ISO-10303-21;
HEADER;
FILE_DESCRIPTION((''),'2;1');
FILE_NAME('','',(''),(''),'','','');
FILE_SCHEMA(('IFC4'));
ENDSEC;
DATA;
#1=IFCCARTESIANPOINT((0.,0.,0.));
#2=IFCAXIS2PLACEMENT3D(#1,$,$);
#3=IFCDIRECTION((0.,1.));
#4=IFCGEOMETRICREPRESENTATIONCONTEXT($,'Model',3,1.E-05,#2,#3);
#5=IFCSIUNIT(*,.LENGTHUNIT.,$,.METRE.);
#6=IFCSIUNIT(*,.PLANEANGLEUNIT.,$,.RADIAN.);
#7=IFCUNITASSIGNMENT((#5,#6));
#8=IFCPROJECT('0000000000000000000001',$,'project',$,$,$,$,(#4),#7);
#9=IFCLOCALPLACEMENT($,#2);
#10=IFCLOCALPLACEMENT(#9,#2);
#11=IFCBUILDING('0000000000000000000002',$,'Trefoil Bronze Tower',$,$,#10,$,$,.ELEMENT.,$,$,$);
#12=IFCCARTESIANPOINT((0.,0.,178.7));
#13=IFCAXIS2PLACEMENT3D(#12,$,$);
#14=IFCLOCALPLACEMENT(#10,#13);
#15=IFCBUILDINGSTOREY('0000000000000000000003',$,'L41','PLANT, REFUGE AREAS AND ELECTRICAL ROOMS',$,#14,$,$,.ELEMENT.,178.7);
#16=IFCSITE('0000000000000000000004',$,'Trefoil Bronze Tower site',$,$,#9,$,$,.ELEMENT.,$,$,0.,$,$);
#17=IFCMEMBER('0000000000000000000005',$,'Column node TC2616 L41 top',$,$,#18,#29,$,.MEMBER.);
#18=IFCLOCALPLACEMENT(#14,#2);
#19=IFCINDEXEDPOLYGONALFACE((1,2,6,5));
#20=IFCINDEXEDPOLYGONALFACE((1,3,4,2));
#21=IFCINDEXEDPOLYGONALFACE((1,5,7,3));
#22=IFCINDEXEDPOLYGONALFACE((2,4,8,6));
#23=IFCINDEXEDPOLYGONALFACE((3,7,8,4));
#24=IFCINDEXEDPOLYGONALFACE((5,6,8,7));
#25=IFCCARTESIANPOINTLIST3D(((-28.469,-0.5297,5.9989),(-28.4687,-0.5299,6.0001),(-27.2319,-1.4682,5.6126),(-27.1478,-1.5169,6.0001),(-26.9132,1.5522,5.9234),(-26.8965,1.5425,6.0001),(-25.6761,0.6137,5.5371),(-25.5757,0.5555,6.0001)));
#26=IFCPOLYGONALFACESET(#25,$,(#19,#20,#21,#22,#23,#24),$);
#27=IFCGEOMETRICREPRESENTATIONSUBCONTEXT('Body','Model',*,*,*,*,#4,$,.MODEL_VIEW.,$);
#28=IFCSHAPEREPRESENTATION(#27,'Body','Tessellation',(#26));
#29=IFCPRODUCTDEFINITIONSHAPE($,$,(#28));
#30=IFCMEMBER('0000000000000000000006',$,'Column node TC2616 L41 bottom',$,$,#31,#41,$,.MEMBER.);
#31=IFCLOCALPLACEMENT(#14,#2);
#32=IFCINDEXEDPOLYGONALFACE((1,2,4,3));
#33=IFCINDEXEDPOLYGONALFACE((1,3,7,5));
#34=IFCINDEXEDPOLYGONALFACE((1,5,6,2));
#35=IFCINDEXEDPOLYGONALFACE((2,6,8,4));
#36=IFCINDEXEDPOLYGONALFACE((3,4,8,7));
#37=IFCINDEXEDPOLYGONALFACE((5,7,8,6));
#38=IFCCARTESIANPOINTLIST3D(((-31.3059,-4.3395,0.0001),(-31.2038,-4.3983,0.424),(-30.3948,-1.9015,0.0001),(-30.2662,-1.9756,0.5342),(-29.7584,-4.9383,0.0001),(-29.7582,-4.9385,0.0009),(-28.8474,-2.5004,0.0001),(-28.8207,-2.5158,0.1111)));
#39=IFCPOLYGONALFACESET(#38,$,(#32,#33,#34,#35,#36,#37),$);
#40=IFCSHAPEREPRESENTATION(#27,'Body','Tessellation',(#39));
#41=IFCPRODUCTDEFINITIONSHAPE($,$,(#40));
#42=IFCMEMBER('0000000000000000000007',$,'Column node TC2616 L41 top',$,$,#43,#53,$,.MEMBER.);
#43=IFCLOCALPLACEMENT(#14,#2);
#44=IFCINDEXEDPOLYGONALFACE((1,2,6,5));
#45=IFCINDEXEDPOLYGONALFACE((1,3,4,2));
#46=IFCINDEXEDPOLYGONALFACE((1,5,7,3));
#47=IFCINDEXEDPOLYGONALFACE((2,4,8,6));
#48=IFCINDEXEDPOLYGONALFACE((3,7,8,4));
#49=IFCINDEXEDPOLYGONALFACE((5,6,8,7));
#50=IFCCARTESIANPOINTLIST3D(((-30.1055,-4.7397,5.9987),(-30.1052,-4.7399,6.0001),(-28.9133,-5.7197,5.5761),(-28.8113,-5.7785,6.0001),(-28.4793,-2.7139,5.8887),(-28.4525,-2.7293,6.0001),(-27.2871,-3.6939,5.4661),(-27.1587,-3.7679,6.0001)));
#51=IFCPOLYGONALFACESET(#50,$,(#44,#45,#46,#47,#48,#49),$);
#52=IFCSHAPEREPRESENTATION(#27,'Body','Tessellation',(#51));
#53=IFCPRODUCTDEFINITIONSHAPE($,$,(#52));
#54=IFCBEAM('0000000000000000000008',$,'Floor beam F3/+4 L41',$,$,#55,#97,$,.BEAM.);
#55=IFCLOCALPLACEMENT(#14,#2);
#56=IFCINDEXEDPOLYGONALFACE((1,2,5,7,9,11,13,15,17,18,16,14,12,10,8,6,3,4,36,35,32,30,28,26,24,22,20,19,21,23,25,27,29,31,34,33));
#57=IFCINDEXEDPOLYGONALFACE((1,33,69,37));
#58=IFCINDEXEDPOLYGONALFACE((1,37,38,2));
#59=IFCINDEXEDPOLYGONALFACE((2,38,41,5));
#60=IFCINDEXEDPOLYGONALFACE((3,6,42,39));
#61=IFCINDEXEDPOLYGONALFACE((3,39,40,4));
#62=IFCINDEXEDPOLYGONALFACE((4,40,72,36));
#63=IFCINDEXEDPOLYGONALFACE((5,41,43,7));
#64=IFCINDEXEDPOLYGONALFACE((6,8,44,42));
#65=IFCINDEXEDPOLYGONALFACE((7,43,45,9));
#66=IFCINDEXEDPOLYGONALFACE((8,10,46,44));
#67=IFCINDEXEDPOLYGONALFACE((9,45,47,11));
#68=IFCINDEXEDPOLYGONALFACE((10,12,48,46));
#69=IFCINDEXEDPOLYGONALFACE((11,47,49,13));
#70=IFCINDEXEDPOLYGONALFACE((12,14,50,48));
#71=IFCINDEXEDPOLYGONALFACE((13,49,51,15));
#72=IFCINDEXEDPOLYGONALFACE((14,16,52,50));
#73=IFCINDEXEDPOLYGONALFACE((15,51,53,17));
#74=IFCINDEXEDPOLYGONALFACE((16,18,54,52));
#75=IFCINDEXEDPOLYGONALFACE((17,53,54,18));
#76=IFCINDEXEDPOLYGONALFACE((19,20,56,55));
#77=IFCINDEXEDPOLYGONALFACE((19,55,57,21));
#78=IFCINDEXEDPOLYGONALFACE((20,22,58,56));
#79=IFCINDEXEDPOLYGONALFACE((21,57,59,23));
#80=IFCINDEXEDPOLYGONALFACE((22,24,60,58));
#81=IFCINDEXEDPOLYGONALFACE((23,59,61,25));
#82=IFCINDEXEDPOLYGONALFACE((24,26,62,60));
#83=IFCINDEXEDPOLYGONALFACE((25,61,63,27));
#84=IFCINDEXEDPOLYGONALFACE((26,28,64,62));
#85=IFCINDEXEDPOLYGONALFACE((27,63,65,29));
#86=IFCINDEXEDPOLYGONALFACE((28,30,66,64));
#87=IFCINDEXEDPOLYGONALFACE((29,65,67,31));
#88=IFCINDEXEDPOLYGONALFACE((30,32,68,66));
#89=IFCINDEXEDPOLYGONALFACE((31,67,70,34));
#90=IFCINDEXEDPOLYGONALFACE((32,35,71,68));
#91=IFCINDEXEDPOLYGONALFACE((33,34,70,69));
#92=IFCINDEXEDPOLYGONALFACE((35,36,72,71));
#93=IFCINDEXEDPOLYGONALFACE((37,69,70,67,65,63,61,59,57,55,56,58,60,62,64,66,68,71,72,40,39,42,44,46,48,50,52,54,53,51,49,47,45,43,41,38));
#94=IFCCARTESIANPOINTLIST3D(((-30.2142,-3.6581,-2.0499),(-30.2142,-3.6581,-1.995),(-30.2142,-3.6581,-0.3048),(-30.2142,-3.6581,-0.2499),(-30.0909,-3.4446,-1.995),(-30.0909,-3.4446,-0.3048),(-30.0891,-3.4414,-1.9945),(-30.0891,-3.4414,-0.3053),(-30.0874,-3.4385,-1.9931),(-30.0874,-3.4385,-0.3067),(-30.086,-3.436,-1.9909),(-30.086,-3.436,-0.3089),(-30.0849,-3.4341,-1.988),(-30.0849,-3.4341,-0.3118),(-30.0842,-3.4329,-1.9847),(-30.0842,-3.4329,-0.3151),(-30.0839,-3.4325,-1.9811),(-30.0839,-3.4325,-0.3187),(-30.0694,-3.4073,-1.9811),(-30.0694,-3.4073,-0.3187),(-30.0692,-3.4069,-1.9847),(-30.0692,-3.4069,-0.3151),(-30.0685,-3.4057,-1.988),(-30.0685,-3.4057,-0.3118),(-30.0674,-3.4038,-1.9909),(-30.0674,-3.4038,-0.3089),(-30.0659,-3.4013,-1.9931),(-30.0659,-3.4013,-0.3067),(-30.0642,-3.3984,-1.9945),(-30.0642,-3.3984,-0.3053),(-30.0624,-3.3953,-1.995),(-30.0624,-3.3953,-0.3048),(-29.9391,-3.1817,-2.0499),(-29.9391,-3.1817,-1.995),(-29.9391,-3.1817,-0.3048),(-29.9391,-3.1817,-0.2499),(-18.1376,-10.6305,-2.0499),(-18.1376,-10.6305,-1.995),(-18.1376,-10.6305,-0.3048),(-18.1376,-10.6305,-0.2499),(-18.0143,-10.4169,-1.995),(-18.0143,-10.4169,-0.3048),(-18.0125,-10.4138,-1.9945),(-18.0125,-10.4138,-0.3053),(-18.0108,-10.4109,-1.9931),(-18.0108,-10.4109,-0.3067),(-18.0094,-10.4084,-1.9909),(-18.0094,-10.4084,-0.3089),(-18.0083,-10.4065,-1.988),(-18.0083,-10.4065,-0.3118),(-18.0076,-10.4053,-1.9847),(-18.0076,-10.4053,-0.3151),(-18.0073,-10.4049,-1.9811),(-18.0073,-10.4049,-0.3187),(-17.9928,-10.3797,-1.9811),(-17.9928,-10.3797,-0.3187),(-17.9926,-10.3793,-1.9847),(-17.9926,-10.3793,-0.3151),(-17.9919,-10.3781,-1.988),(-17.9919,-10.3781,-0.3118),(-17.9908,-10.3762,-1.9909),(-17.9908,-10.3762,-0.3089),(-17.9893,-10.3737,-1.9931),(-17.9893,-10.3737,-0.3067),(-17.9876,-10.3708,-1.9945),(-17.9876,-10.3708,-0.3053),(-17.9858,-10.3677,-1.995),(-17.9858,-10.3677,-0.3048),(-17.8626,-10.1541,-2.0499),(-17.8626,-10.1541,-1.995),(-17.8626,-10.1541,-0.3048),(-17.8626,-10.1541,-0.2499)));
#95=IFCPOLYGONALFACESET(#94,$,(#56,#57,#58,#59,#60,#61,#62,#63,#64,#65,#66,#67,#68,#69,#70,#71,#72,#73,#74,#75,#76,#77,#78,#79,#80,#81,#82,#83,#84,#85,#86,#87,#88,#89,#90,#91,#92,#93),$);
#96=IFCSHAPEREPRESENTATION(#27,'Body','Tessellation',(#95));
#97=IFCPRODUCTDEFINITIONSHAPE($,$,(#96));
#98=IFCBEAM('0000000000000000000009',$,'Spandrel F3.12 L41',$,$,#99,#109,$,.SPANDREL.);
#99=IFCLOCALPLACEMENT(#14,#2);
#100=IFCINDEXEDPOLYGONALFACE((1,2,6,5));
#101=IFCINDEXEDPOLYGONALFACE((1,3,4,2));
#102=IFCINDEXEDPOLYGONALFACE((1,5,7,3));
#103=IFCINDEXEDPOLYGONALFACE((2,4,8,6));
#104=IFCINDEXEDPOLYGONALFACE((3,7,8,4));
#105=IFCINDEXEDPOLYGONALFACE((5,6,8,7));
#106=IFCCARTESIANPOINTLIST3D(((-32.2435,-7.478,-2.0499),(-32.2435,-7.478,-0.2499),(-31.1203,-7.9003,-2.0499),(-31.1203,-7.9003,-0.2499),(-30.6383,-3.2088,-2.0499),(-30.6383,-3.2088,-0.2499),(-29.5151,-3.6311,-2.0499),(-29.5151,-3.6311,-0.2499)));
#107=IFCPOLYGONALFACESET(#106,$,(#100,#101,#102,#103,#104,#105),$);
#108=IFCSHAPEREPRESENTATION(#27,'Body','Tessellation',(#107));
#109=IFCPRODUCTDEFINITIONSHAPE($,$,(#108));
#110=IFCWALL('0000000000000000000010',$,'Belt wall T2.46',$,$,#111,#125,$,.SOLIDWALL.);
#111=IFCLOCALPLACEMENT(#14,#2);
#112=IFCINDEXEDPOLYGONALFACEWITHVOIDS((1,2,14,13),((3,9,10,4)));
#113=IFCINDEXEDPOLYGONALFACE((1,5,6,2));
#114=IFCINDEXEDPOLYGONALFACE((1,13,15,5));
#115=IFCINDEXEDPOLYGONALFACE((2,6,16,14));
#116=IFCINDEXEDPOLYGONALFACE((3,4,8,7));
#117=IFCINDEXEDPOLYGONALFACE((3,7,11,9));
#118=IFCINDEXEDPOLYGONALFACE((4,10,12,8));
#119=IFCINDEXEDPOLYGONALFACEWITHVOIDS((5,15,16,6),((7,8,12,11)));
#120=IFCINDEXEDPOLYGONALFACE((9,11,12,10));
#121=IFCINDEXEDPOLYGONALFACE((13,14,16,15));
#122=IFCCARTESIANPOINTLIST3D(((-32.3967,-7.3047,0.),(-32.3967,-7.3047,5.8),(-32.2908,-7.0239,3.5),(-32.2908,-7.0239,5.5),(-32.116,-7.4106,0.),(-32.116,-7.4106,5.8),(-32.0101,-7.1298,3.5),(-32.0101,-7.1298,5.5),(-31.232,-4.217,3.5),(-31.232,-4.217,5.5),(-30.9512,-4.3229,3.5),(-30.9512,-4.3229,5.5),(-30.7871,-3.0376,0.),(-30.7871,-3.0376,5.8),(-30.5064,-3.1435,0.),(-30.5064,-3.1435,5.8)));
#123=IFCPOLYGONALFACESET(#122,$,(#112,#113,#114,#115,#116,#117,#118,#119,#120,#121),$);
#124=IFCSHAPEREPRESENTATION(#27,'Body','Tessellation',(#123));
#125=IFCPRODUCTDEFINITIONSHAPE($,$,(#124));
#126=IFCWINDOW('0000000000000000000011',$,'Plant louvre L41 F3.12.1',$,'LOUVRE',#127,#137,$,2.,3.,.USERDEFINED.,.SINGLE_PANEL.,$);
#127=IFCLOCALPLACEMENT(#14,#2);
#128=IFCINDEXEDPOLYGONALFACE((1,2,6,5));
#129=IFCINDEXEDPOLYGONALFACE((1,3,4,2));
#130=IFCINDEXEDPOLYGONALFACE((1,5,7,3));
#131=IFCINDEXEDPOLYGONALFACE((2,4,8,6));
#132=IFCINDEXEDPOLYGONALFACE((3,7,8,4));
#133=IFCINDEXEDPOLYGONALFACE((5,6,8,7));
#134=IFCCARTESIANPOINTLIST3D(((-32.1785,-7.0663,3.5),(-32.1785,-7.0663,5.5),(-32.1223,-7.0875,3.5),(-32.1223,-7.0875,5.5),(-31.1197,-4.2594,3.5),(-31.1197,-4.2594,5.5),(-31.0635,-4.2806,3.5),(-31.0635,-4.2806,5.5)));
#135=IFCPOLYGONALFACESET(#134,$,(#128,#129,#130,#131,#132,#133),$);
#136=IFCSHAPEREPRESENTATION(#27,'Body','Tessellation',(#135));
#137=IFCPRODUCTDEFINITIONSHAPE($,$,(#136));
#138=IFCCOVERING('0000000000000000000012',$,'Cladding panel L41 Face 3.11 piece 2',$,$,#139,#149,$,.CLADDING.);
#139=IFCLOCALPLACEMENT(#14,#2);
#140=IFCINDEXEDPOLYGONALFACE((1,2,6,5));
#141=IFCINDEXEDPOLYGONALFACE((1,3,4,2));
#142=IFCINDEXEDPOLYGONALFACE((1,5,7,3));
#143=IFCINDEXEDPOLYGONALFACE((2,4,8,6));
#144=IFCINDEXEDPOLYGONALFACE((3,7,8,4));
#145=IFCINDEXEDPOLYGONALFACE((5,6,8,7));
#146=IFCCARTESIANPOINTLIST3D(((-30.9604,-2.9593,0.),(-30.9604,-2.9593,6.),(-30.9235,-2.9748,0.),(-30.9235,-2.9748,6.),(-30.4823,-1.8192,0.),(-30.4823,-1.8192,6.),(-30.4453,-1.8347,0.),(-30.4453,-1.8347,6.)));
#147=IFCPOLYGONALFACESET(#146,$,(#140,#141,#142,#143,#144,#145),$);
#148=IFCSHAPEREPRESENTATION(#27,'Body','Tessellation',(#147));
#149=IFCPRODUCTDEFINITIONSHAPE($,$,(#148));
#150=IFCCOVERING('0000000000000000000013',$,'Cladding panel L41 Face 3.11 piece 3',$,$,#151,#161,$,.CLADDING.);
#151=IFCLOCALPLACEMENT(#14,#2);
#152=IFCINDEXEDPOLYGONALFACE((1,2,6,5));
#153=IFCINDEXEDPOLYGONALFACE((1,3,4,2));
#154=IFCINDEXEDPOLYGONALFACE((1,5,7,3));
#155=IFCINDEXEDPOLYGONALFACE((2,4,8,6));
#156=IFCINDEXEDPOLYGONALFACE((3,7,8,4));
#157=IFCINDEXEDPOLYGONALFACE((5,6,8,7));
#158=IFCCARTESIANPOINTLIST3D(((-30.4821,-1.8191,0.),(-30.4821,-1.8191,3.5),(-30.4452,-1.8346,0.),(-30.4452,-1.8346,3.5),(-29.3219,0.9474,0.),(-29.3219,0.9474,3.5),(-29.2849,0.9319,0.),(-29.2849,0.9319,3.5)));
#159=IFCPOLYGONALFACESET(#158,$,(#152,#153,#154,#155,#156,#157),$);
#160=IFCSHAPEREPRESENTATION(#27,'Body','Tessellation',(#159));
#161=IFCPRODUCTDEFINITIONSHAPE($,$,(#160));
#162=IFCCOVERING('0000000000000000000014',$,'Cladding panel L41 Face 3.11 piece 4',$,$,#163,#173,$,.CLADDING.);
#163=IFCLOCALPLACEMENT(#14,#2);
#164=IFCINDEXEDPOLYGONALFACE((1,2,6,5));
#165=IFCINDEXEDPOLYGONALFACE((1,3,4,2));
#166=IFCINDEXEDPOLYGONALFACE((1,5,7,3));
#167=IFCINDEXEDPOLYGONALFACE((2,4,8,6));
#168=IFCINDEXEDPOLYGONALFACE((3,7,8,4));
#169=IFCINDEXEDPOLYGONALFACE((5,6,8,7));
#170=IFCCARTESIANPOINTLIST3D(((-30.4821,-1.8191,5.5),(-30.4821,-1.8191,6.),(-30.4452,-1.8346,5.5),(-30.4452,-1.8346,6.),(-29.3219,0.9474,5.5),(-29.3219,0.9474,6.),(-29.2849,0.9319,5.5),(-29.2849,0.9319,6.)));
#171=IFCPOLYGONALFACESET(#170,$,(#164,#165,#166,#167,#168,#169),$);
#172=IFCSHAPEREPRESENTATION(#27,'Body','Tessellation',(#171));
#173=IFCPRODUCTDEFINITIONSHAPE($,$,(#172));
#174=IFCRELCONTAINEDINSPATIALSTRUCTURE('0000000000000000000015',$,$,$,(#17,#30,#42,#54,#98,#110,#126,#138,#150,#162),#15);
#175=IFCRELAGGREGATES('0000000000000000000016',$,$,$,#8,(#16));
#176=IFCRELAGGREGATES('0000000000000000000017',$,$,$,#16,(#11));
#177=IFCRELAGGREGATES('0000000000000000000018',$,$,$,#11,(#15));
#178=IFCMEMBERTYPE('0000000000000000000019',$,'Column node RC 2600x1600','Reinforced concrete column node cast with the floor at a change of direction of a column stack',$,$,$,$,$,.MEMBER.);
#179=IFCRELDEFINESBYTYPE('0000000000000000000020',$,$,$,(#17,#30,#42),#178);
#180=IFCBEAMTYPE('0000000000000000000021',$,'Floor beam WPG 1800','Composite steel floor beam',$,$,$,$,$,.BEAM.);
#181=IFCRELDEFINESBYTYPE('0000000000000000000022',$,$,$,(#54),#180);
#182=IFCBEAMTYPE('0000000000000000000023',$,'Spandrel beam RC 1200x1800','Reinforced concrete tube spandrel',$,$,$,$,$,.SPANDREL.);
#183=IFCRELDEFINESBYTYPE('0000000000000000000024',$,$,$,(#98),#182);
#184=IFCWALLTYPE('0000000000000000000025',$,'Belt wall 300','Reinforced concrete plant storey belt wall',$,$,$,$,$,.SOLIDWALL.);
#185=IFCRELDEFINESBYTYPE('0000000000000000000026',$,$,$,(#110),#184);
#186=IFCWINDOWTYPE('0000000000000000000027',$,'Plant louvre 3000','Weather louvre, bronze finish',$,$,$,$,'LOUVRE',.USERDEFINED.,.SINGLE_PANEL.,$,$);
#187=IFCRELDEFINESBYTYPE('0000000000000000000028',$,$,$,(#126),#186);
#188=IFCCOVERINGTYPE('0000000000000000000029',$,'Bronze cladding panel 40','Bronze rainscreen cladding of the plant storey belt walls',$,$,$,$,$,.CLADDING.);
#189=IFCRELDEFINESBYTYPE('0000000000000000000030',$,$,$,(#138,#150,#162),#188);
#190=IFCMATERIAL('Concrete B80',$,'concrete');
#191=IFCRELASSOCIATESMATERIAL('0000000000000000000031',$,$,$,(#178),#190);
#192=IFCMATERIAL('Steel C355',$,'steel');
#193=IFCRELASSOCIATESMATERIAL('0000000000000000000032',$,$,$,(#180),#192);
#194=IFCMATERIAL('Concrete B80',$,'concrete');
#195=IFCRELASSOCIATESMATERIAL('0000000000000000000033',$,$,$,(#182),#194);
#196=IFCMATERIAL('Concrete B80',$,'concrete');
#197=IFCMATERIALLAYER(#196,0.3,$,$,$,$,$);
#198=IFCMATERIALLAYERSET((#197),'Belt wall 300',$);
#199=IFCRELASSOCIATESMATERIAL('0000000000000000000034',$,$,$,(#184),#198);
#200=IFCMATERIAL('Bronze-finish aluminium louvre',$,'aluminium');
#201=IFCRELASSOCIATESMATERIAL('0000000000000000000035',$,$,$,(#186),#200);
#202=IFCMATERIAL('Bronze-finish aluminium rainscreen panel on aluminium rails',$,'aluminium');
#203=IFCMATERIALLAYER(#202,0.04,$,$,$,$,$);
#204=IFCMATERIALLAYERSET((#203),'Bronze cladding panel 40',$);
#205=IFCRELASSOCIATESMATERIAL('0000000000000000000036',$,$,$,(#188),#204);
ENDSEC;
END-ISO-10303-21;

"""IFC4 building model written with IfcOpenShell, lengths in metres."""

from ifc_helpers import new_model, si_unit, direction, frame, frame_2d, origin, origin_2d, place, context, subcontext, project, spatial, rectangle, i_section, extrude, clip, halfspace, material, layer, layer_set, material_profile, profile_set, type_object, element, fill, save


model = new_model("IFC4")

# Units and contexts
model_context = context("Model", 3, precision=1e-05, world=origin(), true_north=direction((0.0, 1.0)))
body_context = subcontext(model_context, "Body", "Model", "MODEL_VIEW")
ifc_project = project(units=[si_unit("LENGTHUNIT", "METRE"), si_unit("PLANEANGLEUNIT", "RADIAN")], contexts=[model_context])

# Site, building, storey
site_placement = place(None, origin())
site = spatial("IfcSite", under=ifc_project, at=site_placement, Name="Trefoil Bronze Tower site", CompositionType="ELEMENT", RefElevation=0.0)
building_placement = place(site_placement, origin())
building = spatial("IfcBuilding", under=site, at=building_placement, Name="Trefoil Bronze Tower", CompositionType="ELEMENT")
storey_placement = place(building_placement, frame((0.0, 0.0, 178.7)))
storey = spatial("IfcBuildingStorey", under=building, at=storey_placement, Name="L41", Description="PLANT, REFUGE AREAS AND ELECTRICAL ROOMS", CompositionType="ELEMENT", Elevation=178.7)

# Members
ifc_material_1 = material(Name="Concrete B80", Category="concrete")
ifc_material_profile_1 = material_profile(ifc_material_1, rectangle(XDim=2.6001, YDim=1.6001, at=origin_2d()), Name="RC 2600x1600")
ifc_profile_set_1 = profile_set([ifc_material_profile_1], Name="Concrete B80")
member_type = type_object("IfcMemberType", Name="Column node RC 2600x1600", Description="Reinforced concrete column node cast with the floor at a change of direction of a column stack", PredefinedType="MEMBER", material=ifc_profile_set_1)
member_1_placement = place(storey_placement, frame((-26.9719, -0.0164, 6.2319), z_axis=(-0.210334, 0.122014, -0.969986), x_axis=(0.598355, 0.800705, -0.029028)))
element("IfcMember", 1, at=member_1_placement, inside=storey, type_object=member_type, Name="Column node TC2616 L41 top", PredefinedType="MEMBER", context=body_context, shape_type="Clipping", body=[
    clip(extrude(rectangle(XDim=2.6001, YDim=1.6001, at=origin_2d()), origin(), (0.0, 0.0, 1.0), 0.4783), halfspace(frame((0.0, 0.0, 0.239), z_axis=(0.029028, 0.241423, 0.969986), x_axis=(0.0, 0.970395, -0.241525)), True)),
])
member_2_placement = place(storey_placement, frame((-30.1411, -3.3828, -0.2676), z_axis=(0.232078, -0.133621, 0.963476), x_axis=(-0.360588, -0.931762, -0.042365)))
element("IfcMember", 2, at=member_2_placement, inside=storey, type_object=member_type, Name="Column node TC2616 L41 bottom", PredefinedType="MEMBER", context=body_context, shape_type="Clipping", body=[
    clip(extrude(rectangle(XDim=2.6001, YDim=1.6001, at=origin_2d()), origin(), (0.0, 0.0, 1.0), 0.5554), halfspace(frame((0.0, 0.0, 0.2778), z_axis=(-0.042365, -0.264424, 0.963476), x_axis=(0.0, 0.964341, 0.264661)), True)),
])
member_3_placement = place(storey_placement, frame((-28.5676, -4.291, 6.2676), z_axis=(-0.231662, 0.133634, -0.963574), x_axis=(0.625426, 0.779135, -0.04231)))
element("IfcMember", 3, at=member_3_placement, inside=storey, type_object=member_type, Name="Column node TC2616 L41 top", PredefinedType="MEMBER", context=body_context, shape_type="Clipping", body=[
    clip(extrude(rectangle(XDim=2.6001, YDim=1.6001, at=origin_2d()), origin(), (0.0, 0.0, 1.0), 0.5554), halfspace(frame((0.0, 0.0, 0.2776), z_axis=(0.04231, 0.264075, 0.963574), x_axis=(0.0, 0.964437, -0.264311)), True)),
])

# Beams
ifc_material_2 = material(Name="Steel C355", Category="steel")
ifc_material_profile_2 = material_profile(ifc_material_2, i_section(OverallWidth=0.55, OverallDepth=1.8, WebThickness=0.0291, FlangeThickness=0.0549, FilletRadius=0.0139, at=origin_2d()), Name="WPG 1800")
ifc_profile_set_2 = profile_set([ifc_material_profile_2], Name="Steel C355")
beam_type_1 = type_object("IfcBeamType", Name="Floor beam WPG 1800", Description="Composite steel floor beam", PredefinedType="BEAM", material=ifc_profile_set_2)
beam_1_placement = place(storey_placement, frame((-30.0767, -3.4199, -1.1499), z_axis=(0.866027, -0.499997, 0.0), x_axis=(0.499997, 0.866027, 0.0)))
element("IfcBeam", 4, at=beam_1_placement, inside=storey, type_object=beam_type_1, Name="Floor beam F3/+4 L41", PredefinedType="BEAM", context=body_context, shape_type="SweptSolid", body=[
    extrude(i_section(OverallWidth=0.55, OverallDepth=1.8, WebThickness=0.0291, FlangeThickness=0.0549, FilletRadius=0.0139, at=origin_2d()), origin(), (0.0, 0.0, 1.0), 13.9448),
])
ifc_material_3 = material(Name="Concrete B80", Category="concrete")
ifc_material_profile_3 = material_profile(ifc_material_3, rectangle(XDim=1.2, YDim=1.8, at=origin_2d()), Name="RC 1200x1800")
ifc_profile_set_3 = profile_set([ifc_material_profile_3], Name="Concrete B80")
beam_type_2 = type_object("IfcBeamType", Name="Spandrel beam RC 1200x1800", Description="Reinforced concrete tube spandrel", PredefinedType="SPANDREL", material=ifc_profile_set_3)
beam_2_placement = place(storey_placement, frame((-30.0767, -3.4199, -1.1499), z_axis=(-0.351939, -0.936023, 0.0), x_axis=(0.936023, -0.351939, 0.0)))
element("IfcBeam", 5, at=beam_2_placement, inside=storey, type_object=beam_type_2, Name="Spandrel F3.12 L41", PredefinedType="SPANDREL", context=body_context, shape_type="SweptSolid", body=[
    extrude(rectangle(XDim=1.2, YDim=1.8, at=origin_2d()), origin(), (0.0, 0.0, 1.0), 4.561),
])

# Wall, opening, window
ifc_material_4 = material(Name="Concrete B80", Category="concrete")
ifc_layer_1 = layer(ifc_material_4, 0.3)
ifc_layer_set_1 = layer_set([ifc_layer_1], Name="Belt wall 300")
wall_type = type_object("IfcWallType", Name="Belt wall 300", Description="Reinforced concrete plant storey belt wall", PredefinedType="SOLIDWALL", material=ifc_layer_set_1)
wall_placement = place(storey_placement, frame((-30.6467, -3.0906, 0.0), z_axis=(0.0, 0.0, 1.0), x_axis=(-0.352941, -0.935645, 0.0)))
wall = element("IfcWall", 6, at=wall_placement, inside=storey, type_object=wall_type, Name="Belt wall T2.46", PredefinedType="SOLIDWALL", context=body_context, shape_type="SweptSolid", body=[
    extrude(rectangle(XDim=4.5605, YDim=0.3, at=frame_2d((2.2803, 0.0))), origin(), (0.0, 0.0, 1.0), 5.8),
])
opening_placement = place(wall_placement, frame((1.2605, 0.0, 3.5)))
opening = element("IfcOpeningElement", 7, at=opening_placement, cuts=wall, PredefinedType="OPENING", context=body_context, shape_type="SweptSolid", body=[
    extrude(rectangle(XDim=3.0, YDim=2.0, at=frame_2d((1.5, 1.0))), frame((0.0, 0.1599, 0.0), z_axis=(0.0, -1.0, 0.0), x_axis=(1.0, 0.0, 0.0)), (0.0, 0.0, 1.0), 0.3201),
])
ifc_material_5 = material(Name="Bronze-finish aluminium louvre", Category="aluminium")
window_type = type_object("IfcWindowType", Name="Plant louvre 3000", Description="Weather louvre, bronze finish", ElementType="LOUVRE", PartitioningType="SINGLE_PANEL", PredefinedType="USERDEFINED", material=ifc_material_5)
window_placement = place(opening_placement, origin())
window = element("IfcWindow", 8, at=window_placement, inside=storey, type_object=window_type, Name="Plant louvre L41 F3.12.1", ObjectType="LOUVRE", OverallHeight=2.0, OverallWidth=3.0, PartitioningType="SINGLE_PANEL", PredefinedType="USERDEFINED", context=body_context, shape_type="SweptSolid", body=[
    extrude(rectangle(XDim=3.0, YDim=2.0, at=frame_2d((1.5, 1.0))), frame((0.0, 0.03, 0.0), z_axis=(0.0, -1.0, 0.0), x_axis=(1.0, 0.0, 0.0)), (0.0, 0.0, 1.0), 0.0601),
])
fill(opening, window)

# Coverings
ifc_material_6 = material(Name="Bronze-finish aluminium rainscreen panel on aluminium rails", Category="aluminium")
ifc_layer_2 = layer(ifc_material_6, 0.04)
ifc_layer_set_2 = layer_set([ifc_layer_2], Name="Bronze cladding panel 40")
covering_type_1 = type_object("IfcCoveringType", Name="Bronze cladding panel 40", Description="Bronze rainscreen cladding of the plant storey belt walls", PredefinedType="CLADDING", material=ifc_layer_set_2)
covering_1_placement = place(storey_placement, frame((-30.7029, -2.397, 0.0), z_axis=(0.0, 0.0, 1.0), x_axis=(-0.386759, -0.922181, 0.0)))
element("IfcCovering", 9, at=covering_1_placement, inside=storey, type_object=covering_type_1, Name="Cladding panel L41 Face 3.11 piece 2", PredefinedType="CLADDING", context=body_context, shape_type="SweptSolid", body=[
    extrude(rectangle(XDim=1.2363, YDim=0.04, at=origin_2d()), origin(), (0.0, 0.0, 1.0), 6.0),
])
covering_2_placement = place(storey_placement, frame((-29.8835, -0.4436, 0.0), z_axis=(0.0, 0.0, 1.0), x_axis=(-0.386759, -0.922181, 0.0)))
element("IfcCovering", 10, at=covering_2_placement, inside=storey, type_object=covering_type_1, Name="Cladding panel L41 Face 3.11 piece 3", PredefinedType="CLADDING", context=body_context, shape_type="SweptSolid", body=[
    extrude(rectangle(XDim=3.0, YDim=0.04, at=origin_2d()), origin(), (0.0, 0.0, 1.0), 3.5),
])
covering_3_placement = place(storey_placement, frame((-29.8835, -0.4436, 5.5), z_axis=(0.0, 0.0, 1.0), x_axis=(-0.386759, -0.922181, 0.0)))
element("IfcCovering", 11, at=covering_3_placement, inside=storey, type_object=covering_type_1, Name="Cladding panel L41 Face 3.11 piece 4", PredefinedType="CLADDING", context=body_context, shape_type="SweptSolid", body=[
    extrude(rectangle(XDim=3.0, YDim=0.04, at=origin_2d()), origin(), (0.0, 0.0, 1.0), 0.5),
])

save(model, "model.ifc")
